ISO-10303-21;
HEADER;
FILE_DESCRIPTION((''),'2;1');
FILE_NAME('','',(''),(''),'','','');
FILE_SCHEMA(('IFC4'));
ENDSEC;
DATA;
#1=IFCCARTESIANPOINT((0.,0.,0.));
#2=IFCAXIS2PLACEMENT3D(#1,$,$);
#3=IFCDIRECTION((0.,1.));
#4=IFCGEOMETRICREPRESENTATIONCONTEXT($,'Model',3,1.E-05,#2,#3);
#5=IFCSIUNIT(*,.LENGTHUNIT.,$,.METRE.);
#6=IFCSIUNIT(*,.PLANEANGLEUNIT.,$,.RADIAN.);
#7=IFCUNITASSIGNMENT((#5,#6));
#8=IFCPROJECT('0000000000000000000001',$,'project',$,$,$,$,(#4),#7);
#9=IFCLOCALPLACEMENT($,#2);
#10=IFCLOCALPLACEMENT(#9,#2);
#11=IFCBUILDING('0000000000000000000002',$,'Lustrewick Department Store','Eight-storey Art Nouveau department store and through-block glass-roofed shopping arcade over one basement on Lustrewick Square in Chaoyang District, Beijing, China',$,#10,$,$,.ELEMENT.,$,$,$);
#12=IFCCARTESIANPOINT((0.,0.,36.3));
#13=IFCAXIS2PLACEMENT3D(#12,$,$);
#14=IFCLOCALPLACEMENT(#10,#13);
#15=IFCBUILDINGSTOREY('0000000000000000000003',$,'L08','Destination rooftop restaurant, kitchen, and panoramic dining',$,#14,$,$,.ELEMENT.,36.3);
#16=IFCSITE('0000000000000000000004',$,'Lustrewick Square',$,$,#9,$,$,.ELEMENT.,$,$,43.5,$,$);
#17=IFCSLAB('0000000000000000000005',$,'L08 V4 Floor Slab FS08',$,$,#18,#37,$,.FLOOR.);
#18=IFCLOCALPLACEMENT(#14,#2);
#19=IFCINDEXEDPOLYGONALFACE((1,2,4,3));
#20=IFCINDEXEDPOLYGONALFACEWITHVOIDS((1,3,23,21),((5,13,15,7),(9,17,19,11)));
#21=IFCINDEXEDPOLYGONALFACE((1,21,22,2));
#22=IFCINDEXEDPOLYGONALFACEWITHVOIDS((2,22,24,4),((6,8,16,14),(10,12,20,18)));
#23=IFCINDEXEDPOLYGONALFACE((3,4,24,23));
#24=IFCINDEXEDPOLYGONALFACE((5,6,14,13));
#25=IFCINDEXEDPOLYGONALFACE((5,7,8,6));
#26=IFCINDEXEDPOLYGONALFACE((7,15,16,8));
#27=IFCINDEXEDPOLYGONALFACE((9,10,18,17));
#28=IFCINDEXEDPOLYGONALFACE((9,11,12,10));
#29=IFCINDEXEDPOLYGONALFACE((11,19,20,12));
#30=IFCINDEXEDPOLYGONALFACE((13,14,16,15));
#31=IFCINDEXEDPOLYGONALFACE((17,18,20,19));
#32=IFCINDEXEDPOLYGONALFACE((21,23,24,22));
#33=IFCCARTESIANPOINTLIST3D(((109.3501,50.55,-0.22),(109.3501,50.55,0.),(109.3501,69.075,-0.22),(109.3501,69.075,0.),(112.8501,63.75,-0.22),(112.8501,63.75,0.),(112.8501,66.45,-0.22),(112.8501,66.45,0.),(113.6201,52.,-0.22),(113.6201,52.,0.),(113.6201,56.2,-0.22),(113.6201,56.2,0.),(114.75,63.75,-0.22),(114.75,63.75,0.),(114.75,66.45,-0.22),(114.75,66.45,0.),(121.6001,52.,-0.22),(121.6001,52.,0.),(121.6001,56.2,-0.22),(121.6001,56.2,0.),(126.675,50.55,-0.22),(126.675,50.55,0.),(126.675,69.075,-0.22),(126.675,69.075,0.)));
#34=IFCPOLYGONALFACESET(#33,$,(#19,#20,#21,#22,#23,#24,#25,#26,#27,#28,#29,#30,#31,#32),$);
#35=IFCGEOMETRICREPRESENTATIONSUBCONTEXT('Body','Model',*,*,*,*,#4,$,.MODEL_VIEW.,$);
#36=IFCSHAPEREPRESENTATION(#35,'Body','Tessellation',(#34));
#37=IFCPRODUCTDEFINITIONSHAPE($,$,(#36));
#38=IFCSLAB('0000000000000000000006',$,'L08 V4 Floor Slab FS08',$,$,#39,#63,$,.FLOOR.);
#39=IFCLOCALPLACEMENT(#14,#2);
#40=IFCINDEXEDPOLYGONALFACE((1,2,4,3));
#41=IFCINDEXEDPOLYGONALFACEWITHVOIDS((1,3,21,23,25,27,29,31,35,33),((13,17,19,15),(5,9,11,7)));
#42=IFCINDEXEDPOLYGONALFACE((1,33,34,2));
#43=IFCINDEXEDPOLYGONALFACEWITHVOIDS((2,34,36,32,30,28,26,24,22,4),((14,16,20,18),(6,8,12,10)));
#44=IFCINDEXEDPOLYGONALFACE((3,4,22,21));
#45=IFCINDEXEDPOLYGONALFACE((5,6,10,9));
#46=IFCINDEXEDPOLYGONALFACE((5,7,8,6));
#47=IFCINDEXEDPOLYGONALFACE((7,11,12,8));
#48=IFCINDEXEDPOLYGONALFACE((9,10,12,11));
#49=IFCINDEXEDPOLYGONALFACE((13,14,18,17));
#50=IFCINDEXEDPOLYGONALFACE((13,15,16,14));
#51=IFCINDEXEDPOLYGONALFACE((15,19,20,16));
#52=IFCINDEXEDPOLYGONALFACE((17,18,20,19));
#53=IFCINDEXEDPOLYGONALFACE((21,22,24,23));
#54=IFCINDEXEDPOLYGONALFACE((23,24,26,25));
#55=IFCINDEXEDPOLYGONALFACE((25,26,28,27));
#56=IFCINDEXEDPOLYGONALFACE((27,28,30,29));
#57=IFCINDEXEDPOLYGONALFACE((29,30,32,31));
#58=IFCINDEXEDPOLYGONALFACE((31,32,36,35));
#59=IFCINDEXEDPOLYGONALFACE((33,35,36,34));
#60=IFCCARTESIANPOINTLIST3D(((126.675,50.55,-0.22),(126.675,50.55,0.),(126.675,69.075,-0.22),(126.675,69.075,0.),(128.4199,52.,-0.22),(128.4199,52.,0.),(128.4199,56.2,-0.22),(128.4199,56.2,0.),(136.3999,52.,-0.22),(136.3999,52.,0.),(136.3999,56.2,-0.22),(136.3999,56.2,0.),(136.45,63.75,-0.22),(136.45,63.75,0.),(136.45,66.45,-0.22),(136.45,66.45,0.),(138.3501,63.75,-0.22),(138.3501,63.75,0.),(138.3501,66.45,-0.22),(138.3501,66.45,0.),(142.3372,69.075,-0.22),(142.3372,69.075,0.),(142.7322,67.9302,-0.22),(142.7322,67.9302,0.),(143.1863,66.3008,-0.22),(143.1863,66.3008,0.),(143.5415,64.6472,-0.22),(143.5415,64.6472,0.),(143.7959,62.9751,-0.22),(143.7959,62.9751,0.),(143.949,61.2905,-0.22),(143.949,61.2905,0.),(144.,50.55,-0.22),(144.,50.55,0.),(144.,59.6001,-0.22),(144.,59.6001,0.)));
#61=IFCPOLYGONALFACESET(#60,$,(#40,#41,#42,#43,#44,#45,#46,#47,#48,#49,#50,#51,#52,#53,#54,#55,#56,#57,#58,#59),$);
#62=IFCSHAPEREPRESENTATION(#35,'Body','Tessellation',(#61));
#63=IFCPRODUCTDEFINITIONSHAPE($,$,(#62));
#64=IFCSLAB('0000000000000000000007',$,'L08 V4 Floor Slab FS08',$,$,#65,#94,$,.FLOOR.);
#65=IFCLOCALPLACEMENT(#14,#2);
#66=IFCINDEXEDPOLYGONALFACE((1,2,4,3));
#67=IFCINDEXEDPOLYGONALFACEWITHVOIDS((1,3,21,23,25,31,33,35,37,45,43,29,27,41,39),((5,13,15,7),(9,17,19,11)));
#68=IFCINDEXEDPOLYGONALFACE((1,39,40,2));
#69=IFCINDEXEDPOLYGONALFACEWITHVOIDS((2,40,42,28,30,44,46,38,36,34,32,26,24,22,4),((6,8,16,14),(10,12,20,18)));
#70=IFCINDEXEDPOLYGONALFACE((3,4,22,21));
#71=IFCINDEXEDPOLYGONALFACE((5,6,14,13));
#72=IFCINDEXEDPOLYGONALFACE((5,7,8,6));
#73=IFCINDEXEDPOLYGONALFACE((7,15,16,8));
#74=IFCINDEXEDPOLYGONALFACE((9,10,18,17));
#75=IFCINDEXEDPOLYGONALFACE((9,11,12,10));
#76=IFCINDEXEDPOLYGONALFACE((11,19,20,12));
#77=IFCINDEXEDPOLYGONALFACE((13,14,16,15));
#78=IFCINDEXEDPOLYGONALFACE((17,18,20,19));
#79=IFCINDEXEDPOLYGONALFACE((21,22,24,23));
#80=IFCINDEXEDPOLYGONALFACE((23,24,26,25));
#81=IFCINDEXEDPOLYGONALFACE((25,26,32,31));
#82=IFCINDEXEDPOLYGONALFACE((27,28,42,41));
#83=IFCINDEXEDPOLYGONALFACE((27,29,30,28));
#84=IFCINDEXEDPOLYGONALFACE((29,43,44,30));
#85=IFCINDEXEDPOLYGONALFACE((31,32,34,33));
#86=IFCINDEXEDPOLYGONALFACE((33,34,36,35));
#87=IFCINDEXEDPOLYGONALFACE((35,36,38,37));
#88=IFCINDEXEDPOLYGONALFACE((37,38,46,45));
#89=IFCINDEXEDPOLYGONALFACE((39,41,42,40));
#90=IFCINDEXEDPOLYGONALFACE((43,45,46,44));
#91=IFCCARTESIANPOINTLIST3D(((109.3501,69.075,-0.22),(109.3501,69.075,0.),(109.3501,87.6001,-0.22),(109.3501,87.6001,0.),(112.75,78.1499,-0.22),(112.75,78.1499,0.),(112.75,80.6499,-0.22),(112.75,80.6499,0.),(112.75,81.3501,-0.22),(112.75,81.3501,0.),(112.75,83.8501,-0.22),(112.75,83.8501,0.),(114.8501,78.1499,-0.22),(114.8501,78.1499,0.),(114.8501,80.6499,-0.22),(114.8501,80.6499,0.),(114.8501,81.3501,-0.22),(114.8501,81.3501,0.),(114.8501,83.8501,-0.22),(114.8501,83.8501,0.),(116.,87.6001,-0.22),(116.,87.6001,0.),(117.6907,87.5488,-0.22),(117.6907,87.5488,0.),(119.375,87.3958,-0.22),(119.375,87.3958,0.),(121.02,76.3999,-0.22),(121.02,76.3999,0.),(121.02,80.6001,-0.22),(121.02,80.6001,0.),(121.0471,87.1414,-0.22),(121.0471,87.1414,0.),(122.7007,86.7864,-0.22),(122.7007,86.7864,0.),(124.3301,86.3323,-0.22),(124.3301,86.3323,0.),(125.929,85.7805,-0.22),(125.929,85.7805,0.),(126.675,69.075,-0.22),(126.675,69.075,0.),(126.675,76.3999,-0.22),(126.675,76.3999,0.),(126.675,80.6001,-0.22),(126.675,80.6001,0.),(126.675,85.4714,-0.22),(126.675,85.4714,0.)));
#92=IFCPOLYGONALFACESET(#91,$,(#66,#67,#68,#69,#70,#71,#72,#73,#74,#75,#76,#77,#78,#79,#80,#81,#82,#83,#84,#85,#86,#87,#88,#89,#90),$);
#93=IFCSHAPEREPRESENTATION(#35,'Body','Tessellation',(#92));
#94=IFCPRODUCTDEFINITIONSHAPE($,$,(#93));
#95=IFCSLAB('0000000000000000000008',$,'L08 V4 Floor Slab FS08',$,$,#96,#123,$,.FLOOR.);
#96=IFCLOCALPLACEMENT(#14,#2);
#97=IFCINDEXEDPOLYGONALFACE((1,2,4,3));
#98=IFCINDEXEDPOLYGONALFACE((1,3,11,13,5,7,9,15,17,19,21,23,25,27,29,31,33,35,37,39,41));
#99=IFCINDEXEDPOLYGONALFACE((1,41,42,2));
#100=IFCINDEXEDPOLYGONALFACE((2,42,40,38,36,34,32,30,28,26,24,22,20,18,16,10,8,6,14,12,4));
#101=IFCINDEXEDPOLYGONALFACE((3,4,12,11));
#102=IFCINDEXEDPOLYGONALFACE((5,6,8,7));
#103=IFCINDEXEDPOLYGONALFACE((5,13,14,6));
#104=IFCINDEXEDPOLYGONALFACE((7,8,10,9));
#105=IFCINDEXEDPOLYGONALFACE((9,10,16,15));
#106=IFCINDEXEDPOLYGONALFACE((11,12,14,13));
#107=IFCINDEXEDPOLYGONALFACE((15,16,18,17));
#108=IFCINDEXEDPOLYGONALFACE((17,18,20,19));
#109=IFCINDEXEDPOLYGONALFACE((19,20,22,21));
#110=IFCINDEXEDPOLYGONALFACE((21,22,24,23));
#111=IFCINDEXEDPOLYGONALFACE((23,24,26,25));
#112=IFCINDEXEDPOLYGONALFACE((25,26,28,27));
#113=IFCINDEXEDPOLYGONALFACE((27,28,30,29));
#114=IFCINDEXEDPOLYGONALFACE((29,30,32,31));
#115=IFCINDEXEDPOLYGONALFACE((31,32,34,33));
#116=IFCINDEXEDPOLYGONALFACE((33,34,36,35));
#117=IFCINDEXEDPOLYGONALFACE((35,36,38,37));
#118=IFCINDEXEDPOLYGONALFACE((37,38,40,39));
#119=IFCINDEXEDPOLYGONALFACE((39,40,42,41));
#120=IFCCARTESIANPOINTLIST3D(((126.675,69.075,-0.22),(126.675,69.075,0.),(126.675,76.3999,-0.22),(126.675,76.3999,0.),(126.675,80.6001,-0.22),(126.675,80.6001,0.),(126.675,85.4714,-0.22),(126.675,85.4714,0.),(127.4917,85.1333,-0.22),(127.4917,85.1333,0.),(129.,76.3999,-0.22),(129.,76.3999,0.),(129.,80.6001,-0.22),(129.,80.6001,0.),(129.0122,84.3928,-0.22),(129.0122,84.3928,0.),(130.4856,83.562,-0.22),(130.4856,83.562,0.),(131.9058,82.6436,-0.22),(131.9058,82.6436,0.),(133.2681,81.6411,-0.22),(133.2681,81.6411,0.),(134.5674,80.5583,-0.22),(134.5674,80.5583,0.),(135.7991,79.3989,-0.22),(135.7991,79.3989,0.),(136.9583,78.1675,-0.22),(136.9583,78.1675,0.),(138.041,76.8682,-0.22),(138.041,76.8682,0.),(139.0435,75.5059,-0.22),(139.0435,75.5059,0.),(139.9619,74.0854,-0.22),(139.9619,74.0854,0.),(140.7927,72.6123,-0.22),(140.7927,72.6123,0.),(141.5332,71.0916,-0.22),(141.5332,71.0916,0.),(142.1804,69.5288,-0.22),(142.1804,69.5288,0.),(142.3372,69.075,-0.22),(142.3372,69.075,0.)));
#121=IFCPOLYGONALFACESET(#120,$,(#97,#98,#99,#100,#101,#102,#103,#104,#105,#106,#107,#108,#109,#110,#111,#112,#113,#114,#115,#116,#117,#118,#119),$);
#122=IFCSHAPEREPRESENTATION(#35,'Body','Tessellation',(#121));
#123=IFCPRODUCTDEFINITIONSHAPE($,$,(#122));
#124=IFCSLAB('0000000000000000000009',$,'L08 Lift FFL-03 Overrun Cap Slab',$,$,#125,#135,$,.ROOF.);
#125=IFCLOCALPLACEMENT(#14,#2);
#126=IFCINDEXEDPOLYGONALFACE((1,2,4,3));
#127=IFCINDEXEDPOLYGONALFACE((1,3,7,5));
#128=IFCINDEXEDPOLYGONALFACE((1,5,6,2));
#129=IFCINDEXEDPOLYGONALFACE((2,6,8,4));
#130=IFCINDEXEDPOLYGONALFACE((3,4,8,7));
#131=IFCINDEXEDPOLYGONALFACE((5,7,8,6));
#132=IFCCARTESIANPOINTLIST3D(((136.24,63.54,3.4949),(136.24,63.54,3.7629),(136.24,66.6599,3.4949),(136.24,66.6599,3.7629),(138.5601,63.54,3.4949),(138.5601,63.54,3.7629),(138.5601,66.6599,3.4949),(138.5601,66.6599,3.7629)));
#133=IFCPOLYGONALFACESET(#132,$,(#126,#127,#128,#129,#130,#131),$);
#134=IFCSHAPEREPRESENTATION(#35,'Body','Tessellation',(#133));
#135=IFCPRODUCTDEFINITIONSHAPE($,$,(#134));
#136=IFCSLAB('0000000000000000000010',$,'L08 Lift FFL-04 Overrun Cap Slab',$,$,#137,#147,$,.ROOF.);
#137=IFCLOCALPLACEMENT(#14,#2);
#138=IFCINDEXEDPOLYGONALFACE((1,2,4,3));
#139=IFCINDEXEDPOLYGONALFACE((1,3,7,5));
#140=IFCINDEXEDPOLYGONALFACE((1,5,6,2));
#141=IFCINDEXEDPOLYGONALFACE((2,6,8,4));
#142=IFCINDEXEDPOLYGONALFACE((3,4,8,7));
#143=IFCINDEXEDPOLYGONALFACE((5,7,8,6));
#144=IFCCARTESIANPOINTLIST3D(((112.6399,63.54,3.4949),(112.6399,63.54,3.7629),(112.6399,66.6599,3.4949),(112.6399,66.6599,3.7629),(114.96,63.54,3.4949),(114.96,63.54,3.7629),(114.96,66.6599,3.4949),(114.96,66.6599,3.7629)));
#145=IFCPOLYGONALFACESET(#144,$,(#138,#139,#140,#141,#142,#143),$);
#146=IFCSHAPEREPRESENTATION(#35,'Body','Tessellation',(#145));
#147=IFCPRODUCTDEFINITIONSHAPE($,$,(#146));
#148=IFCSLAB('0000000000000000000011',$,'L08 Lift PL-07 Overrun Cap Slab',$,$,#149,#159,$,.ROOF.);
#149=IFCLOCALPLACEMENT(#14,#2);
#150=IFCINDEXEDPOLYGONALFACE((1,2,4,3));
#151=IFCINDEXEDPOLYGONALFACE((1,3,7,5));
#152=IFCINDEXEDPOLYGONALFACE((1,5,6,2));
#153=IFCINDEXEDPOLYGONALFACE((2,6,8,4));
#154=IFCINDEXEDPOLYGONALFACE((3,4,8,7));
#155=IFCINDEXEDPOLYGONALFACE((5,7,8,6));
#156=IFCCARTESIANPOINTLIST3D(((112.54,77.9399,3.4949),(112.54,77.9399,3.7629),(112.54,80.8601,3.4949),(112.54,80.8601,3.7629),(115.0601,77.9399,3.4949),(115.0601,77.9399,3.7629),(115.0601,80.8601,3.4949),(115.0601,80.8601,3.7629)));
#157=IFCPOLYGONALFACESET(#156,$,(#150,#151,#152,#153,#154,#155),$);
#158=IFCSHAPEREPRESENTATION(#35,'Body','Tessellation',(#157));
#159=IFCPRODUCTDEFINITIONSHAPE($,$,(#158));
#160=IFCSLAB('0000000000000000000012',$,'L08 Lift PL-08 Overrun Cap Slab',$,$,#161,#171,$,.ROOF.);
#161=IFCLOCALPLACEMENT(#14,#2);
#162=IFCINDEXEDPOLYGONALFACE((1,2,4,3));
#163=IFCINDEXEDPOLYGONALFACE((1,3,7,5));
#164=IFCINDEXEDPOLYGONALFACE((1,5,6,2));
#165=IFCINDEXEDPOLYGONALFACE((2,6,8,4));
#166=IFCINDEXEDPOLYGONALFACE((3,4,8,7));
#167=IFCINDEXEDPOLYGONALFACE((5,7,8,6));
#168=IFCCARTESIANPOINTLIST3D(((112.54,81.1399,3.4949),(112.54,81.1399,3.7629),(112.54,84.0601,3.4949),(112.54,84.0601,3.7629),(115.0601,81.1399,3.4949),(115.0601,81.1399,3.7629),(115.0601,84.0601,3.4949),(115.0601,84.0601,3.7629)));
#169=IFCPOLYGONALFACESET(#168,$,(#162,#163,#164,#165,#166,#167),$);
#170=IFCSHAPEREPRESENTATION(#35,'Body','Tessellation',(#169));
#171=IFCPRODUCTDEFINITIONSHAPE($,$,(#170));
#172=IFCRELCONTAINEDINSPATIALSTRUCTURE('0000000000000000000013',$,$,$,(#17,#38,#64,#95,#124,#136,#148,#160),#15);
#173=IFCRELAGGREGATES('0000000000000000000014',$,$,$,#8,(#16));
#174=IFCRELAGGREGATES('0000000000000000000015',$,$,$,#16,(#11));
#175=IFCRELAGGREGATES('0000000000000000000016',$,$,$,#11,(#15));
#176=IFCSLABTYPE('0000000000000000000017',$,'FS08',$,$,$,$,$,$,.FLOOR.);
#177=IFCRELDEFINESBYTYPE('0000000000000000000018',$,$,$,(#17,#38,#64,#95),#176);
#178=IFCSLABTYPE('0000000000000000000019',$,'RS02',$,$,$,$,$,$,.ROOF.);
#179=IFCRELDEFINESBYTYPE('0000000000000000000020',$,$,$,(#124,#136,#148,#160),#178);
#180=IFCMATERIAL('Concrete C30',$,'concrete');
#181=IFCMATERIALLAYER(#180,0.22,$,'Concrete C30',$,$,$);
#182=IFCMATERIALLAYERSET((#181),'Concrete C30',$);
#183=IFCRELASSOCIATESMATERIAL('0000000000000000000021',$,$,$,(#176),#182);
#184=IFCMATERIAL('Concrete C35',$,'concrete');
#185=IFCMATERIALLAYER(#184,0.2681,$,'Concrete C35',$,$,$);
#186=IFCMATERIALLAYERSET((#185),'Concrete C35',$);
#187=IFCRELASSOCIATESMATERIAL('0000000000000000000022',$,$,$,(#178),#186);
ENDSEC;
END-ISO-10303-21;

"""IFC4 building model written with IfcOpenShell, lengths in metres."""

from ifc_helpers import new_model, si_unit, direction, frame, origin, place, context, subcontext, project, spatial, polyline, outline, extrude, material, layer, layer_set, type_object, element, save


model = new_model("IFC4")

# Units and contexts
model_context = context("Model", 3, precision=1e-05, world=origin(), true_north=direction((0.0, 1.0)))
body_context = subcontext(model_context, "Body", "Model", "MODEL_VIEW")
ifc_project = project(units=[si_unit("LENGTHUNIT", "METRE"), si_unit("PLANEANGLEUNIT", "RADIAN")], contexts=[model_context])

# Site, building, storey
site_placement = place(None, origin())
site = spatial("IfcSite", under=ifc_project, at=site_placement, Name="Lustrewick Square", CompositionType="ELEMENT", RefElevation=43.5)
building_placement = place(site_placement, origin())
building = spatial("IfcBuilding", under=site, at=building_placement, Name="Lustrewick Department Store", Description="Eight-storey Art Nouveau department store and through-block glass-roofed shopping arcade over one basement on Lustrewick Square in Chaoyang District, Beijing, China", CompositionType="ELEMENT")
storey_placement = place(building_placement, frame((0.0, 0.0, 36.3)))
storey = spatial("IfcBuildingStorey", under=building, at=storey_placement, Name="L08", Description="Destination rooftop restaurant, kitchen, and panoramic dining", CompositionType="ELEMENT", Elevation=36.3)

# Slabs
ifc_material_1 = material(Name="Concrete C30", Category="concrete")
ifc_layer_1 = layer(ifc_material_1, 0.22, Name="Concrete C30")
ifc_layer_set_1 = layer_set([ifc_layer_1], Name="Concrete C30")
slab_type_1 = type_object("IfcSlabType", Name="FS08", PredefinedType="FLOOR", material=ifc_layer_set_1)
slab_1_placement = place(storey_placement, frame((0.0, 0.0, -0.22)))
element("IfcSlab", 1, at=slab_1_placement, inside=storey, type_object=slab_type_1, Name="L08 V4 Floor Slab FS08", PredefinedType="FLOOR", context=body_context, shape_type="SweptSolid", body=[
    extrude(outline(polyline([(109.3501, 50.55), (126.675, 50.55), (126.675, 69.075), (109.3501, 69.075), (109.3501, 50.55)]), holes=[polyline([(113.6201, 56.2), (121.6001, 56.2), (121.6001, 52.0), (113.6201, 52.0), (113.6201, 56.2)]), polyline([(114.75, 66.45), (114.75, 63.75), (112.8501, 63.75), (112.8501, 66.45), (114.75, 66.45)])]), origin(), (0.0, 0.0, 1.0), 0.22),
])
slab_2_placement = place(storey_placement, frame((0.0, 0.0, -0.22)))
element("IfcSlab", 2, at=slab_2_placement, inside=storey, type_object=slab_type_1, Name="L08 V4 Floor Slab FS08", PredefinedType="FLOOR", context=body_context, shape_type="SweptSolid", body=[
    extrude(outline(polyline([(142.7322, 67.9302), (142.3372, 69.075), (126.675, 69.075), (126.675, 50.55), (144.0, 50.55), (144.0, 59.6001), (143.949, 61.2905), (143.7959, 62.9751), (143.5415, 64.6472), (143.1863, 66.3008), (142.7322, 67.9302)]), holes=[polyline([(138.3501, 66.45), (138.3501, 63.75), (136.45, 63.75), (136.45, 66.45), (138.3501, 66.45)]), polyline([(136.3999, 56.2), (136.3999, 52.0), (128.4199, 52.0), (128.4199, 56.2), (136.3999, 56.2)])]), origin(), (0.0, 0.0, 1.0), 0.22),
])
slab_3_placement = place(storey_placement, frame((0.0, 0.0, -0.22)))
element("IfcSlab", 3, at=slab_3_placement, inside=storey, type_object=slab_type_1, Name="L08 V4 Floor Slab FS08", PredefinedType="FLOOR", context=body_context, shape_type="SweptSolid", body=[
    extrude(outline(polyline([(109.3501, 87.6001), (109.3501, 69.075), (126.675, 69.075), (126.675, 76.3999), (121.02, 76.3999), (121.02, 80.6001), (126.675, 80.6001), (126.675, 85.4714), (125.929, 85.7805), (124.3301, 86.3323), (122.7007, 86.7864), (121.0471, 87.1414), (119.375, 87.3958), (117.6907, 87.5488), (116.0, 87.6001), (109.3501, 87.6001)]), holes=[polyline([(114.8501, 80.6499), (114.8501, 78.1499), (112.75, 78.1499), (112.75, 80.6499), (114.8501, 80.6499)]), polyline([(114.8501, 83.8501), (114.8501, 81.3501), (112.75, 81.3501), (112.75, 83.8501), (114.8501, 83.8501)])]), origin(), (0.0, 0.0, 1.0), 0.22),
])
slab_4_placement = place(storey_placement, frame((0.0, 0.0, -0.22)))
element("IfcSlab", 4, at=slab_4_placement, inside=storey, type_object=slab_type_1, Name="L08 V4 Floor Slab FS08", PredefinedType="FLOOR", context=body_context, shape_type="SweptSolid", body=[
    extrude(outline(polyline([(127.4917, 85.1333), (126.675, 85.4714), (126.675, 80.6001), (129.0, 80.6001), (129.0, 76.3999), (126.675, 76.3999), (126.675, 69.075), (142.3372, 69.075), (142.1804, 69.5288), (141.5332, 71.0916), (140.7927, 72.6123), (139.9619, 74.0854), (139.0435, 75.5059), (138.041, 76.8682), (136.9583, 78.1675), (135.7991, 79.3989), (134.5674, 80.5583), (133.2681, 81.6411), (131.9058, 82.6436), (130.4856, 83.562), (129.0122, 84.3928), (127.4917, 85.1333)])), origin(), (0.0, 0.0, 1.0), 0.22),
])
ifc_material_2 = material(Name="Concrete C35", Category="concrete")
ifc_layer_2 = layer(ifc_material_2, 0.2681, Name="Concrete C35")
ifc_layer_set_2 = layer_set([ifc_layer_2], Name="Concrete C35")
slab_type_2 = type_object("IfcSlabType", Name="RS02", PredefinedType="ROOF", material=ifc_layer_set_2)
slab_5_placement = place(storey_placement, frame((0.0, 0.0, 3.4949)))
element("IfcSlab", 5, at=slab_5_placement, inside=storey, type_object=slab_type_2, Name="L08 Lift FFL-03 Overrun Cap Slab", PredefinedType="ROOF", context=body_context, shape_type="SweptSolid", body=[
    extrude(outline(polyline([(138.5601, 63.54), (138.5601, 66.6599), (136.24, 66.6599), (136.24, 63.54), (138.5601, 63.54)])), origin(), (0.0, 0.0, 1.0), 0.2681),
])
slab_6_placement = place(storey_placement, frame((0.0, 0.0, 3.4949)))
element("IfcSlab", 6, at=slab_6_placement, inside=storey, type_object=slab_type_2, Name="L08 Lift FFL-04 Overrun Cap Slab", PredefinedType="ROOF", context=body_context, shape_type="SweptSolid", body=[
    extrude(outline(polyline([(114.96, 63.54), (114.96, 66.6599), (112.6399, 66.6599), (112.6399, 63.54), (114.96, 63.54)])), origin(), (0.0, 0.0, 1.0), 0.2681),
])
slab_7_placement = place(storey_placement, frame((0.0, 0.0, 3.4949)))
element("IfcSlab", 7, at=slab_7_placement, inside=storey, type_object=slab_type_2, Name="L08 Lift PL-07 Overrun Cap Slab", PredefinedType="ROOF", context=body_context, shape_type="SweptSolid", body=[
    extrude(outline(polyline([(115.0601, 77.9399), (115.0601, 80.8601), (112.54, 80.8601), (112.54, 77.9399), (115.0601, 77.9399)])), origin(), (0.0, 0.0, 1.0), 0.2681),
])
slab_8_placement = place(storey_placement, frame((0.0, 0.0, 3.4949)))
element("IfcSlab", 8, at=slab_8_placement, inside=storey, type_object=slab_type_2, Name="L08 Lift PL-08 Overrun Cap Slab", PredefinedType="ROOF", context=body_context, shape_type="SweptSolid", body=[
    extrude(outline(polyline([(115.0601, 81.1399), (115.0601, 84.0601), (112.54, 84.0601), (112.54, 81.1399), (115.0601, 81.1399)])), origin(), (0.0, 0.0, 1.0), 0.2681),
])

save(model, "model.ifc")
